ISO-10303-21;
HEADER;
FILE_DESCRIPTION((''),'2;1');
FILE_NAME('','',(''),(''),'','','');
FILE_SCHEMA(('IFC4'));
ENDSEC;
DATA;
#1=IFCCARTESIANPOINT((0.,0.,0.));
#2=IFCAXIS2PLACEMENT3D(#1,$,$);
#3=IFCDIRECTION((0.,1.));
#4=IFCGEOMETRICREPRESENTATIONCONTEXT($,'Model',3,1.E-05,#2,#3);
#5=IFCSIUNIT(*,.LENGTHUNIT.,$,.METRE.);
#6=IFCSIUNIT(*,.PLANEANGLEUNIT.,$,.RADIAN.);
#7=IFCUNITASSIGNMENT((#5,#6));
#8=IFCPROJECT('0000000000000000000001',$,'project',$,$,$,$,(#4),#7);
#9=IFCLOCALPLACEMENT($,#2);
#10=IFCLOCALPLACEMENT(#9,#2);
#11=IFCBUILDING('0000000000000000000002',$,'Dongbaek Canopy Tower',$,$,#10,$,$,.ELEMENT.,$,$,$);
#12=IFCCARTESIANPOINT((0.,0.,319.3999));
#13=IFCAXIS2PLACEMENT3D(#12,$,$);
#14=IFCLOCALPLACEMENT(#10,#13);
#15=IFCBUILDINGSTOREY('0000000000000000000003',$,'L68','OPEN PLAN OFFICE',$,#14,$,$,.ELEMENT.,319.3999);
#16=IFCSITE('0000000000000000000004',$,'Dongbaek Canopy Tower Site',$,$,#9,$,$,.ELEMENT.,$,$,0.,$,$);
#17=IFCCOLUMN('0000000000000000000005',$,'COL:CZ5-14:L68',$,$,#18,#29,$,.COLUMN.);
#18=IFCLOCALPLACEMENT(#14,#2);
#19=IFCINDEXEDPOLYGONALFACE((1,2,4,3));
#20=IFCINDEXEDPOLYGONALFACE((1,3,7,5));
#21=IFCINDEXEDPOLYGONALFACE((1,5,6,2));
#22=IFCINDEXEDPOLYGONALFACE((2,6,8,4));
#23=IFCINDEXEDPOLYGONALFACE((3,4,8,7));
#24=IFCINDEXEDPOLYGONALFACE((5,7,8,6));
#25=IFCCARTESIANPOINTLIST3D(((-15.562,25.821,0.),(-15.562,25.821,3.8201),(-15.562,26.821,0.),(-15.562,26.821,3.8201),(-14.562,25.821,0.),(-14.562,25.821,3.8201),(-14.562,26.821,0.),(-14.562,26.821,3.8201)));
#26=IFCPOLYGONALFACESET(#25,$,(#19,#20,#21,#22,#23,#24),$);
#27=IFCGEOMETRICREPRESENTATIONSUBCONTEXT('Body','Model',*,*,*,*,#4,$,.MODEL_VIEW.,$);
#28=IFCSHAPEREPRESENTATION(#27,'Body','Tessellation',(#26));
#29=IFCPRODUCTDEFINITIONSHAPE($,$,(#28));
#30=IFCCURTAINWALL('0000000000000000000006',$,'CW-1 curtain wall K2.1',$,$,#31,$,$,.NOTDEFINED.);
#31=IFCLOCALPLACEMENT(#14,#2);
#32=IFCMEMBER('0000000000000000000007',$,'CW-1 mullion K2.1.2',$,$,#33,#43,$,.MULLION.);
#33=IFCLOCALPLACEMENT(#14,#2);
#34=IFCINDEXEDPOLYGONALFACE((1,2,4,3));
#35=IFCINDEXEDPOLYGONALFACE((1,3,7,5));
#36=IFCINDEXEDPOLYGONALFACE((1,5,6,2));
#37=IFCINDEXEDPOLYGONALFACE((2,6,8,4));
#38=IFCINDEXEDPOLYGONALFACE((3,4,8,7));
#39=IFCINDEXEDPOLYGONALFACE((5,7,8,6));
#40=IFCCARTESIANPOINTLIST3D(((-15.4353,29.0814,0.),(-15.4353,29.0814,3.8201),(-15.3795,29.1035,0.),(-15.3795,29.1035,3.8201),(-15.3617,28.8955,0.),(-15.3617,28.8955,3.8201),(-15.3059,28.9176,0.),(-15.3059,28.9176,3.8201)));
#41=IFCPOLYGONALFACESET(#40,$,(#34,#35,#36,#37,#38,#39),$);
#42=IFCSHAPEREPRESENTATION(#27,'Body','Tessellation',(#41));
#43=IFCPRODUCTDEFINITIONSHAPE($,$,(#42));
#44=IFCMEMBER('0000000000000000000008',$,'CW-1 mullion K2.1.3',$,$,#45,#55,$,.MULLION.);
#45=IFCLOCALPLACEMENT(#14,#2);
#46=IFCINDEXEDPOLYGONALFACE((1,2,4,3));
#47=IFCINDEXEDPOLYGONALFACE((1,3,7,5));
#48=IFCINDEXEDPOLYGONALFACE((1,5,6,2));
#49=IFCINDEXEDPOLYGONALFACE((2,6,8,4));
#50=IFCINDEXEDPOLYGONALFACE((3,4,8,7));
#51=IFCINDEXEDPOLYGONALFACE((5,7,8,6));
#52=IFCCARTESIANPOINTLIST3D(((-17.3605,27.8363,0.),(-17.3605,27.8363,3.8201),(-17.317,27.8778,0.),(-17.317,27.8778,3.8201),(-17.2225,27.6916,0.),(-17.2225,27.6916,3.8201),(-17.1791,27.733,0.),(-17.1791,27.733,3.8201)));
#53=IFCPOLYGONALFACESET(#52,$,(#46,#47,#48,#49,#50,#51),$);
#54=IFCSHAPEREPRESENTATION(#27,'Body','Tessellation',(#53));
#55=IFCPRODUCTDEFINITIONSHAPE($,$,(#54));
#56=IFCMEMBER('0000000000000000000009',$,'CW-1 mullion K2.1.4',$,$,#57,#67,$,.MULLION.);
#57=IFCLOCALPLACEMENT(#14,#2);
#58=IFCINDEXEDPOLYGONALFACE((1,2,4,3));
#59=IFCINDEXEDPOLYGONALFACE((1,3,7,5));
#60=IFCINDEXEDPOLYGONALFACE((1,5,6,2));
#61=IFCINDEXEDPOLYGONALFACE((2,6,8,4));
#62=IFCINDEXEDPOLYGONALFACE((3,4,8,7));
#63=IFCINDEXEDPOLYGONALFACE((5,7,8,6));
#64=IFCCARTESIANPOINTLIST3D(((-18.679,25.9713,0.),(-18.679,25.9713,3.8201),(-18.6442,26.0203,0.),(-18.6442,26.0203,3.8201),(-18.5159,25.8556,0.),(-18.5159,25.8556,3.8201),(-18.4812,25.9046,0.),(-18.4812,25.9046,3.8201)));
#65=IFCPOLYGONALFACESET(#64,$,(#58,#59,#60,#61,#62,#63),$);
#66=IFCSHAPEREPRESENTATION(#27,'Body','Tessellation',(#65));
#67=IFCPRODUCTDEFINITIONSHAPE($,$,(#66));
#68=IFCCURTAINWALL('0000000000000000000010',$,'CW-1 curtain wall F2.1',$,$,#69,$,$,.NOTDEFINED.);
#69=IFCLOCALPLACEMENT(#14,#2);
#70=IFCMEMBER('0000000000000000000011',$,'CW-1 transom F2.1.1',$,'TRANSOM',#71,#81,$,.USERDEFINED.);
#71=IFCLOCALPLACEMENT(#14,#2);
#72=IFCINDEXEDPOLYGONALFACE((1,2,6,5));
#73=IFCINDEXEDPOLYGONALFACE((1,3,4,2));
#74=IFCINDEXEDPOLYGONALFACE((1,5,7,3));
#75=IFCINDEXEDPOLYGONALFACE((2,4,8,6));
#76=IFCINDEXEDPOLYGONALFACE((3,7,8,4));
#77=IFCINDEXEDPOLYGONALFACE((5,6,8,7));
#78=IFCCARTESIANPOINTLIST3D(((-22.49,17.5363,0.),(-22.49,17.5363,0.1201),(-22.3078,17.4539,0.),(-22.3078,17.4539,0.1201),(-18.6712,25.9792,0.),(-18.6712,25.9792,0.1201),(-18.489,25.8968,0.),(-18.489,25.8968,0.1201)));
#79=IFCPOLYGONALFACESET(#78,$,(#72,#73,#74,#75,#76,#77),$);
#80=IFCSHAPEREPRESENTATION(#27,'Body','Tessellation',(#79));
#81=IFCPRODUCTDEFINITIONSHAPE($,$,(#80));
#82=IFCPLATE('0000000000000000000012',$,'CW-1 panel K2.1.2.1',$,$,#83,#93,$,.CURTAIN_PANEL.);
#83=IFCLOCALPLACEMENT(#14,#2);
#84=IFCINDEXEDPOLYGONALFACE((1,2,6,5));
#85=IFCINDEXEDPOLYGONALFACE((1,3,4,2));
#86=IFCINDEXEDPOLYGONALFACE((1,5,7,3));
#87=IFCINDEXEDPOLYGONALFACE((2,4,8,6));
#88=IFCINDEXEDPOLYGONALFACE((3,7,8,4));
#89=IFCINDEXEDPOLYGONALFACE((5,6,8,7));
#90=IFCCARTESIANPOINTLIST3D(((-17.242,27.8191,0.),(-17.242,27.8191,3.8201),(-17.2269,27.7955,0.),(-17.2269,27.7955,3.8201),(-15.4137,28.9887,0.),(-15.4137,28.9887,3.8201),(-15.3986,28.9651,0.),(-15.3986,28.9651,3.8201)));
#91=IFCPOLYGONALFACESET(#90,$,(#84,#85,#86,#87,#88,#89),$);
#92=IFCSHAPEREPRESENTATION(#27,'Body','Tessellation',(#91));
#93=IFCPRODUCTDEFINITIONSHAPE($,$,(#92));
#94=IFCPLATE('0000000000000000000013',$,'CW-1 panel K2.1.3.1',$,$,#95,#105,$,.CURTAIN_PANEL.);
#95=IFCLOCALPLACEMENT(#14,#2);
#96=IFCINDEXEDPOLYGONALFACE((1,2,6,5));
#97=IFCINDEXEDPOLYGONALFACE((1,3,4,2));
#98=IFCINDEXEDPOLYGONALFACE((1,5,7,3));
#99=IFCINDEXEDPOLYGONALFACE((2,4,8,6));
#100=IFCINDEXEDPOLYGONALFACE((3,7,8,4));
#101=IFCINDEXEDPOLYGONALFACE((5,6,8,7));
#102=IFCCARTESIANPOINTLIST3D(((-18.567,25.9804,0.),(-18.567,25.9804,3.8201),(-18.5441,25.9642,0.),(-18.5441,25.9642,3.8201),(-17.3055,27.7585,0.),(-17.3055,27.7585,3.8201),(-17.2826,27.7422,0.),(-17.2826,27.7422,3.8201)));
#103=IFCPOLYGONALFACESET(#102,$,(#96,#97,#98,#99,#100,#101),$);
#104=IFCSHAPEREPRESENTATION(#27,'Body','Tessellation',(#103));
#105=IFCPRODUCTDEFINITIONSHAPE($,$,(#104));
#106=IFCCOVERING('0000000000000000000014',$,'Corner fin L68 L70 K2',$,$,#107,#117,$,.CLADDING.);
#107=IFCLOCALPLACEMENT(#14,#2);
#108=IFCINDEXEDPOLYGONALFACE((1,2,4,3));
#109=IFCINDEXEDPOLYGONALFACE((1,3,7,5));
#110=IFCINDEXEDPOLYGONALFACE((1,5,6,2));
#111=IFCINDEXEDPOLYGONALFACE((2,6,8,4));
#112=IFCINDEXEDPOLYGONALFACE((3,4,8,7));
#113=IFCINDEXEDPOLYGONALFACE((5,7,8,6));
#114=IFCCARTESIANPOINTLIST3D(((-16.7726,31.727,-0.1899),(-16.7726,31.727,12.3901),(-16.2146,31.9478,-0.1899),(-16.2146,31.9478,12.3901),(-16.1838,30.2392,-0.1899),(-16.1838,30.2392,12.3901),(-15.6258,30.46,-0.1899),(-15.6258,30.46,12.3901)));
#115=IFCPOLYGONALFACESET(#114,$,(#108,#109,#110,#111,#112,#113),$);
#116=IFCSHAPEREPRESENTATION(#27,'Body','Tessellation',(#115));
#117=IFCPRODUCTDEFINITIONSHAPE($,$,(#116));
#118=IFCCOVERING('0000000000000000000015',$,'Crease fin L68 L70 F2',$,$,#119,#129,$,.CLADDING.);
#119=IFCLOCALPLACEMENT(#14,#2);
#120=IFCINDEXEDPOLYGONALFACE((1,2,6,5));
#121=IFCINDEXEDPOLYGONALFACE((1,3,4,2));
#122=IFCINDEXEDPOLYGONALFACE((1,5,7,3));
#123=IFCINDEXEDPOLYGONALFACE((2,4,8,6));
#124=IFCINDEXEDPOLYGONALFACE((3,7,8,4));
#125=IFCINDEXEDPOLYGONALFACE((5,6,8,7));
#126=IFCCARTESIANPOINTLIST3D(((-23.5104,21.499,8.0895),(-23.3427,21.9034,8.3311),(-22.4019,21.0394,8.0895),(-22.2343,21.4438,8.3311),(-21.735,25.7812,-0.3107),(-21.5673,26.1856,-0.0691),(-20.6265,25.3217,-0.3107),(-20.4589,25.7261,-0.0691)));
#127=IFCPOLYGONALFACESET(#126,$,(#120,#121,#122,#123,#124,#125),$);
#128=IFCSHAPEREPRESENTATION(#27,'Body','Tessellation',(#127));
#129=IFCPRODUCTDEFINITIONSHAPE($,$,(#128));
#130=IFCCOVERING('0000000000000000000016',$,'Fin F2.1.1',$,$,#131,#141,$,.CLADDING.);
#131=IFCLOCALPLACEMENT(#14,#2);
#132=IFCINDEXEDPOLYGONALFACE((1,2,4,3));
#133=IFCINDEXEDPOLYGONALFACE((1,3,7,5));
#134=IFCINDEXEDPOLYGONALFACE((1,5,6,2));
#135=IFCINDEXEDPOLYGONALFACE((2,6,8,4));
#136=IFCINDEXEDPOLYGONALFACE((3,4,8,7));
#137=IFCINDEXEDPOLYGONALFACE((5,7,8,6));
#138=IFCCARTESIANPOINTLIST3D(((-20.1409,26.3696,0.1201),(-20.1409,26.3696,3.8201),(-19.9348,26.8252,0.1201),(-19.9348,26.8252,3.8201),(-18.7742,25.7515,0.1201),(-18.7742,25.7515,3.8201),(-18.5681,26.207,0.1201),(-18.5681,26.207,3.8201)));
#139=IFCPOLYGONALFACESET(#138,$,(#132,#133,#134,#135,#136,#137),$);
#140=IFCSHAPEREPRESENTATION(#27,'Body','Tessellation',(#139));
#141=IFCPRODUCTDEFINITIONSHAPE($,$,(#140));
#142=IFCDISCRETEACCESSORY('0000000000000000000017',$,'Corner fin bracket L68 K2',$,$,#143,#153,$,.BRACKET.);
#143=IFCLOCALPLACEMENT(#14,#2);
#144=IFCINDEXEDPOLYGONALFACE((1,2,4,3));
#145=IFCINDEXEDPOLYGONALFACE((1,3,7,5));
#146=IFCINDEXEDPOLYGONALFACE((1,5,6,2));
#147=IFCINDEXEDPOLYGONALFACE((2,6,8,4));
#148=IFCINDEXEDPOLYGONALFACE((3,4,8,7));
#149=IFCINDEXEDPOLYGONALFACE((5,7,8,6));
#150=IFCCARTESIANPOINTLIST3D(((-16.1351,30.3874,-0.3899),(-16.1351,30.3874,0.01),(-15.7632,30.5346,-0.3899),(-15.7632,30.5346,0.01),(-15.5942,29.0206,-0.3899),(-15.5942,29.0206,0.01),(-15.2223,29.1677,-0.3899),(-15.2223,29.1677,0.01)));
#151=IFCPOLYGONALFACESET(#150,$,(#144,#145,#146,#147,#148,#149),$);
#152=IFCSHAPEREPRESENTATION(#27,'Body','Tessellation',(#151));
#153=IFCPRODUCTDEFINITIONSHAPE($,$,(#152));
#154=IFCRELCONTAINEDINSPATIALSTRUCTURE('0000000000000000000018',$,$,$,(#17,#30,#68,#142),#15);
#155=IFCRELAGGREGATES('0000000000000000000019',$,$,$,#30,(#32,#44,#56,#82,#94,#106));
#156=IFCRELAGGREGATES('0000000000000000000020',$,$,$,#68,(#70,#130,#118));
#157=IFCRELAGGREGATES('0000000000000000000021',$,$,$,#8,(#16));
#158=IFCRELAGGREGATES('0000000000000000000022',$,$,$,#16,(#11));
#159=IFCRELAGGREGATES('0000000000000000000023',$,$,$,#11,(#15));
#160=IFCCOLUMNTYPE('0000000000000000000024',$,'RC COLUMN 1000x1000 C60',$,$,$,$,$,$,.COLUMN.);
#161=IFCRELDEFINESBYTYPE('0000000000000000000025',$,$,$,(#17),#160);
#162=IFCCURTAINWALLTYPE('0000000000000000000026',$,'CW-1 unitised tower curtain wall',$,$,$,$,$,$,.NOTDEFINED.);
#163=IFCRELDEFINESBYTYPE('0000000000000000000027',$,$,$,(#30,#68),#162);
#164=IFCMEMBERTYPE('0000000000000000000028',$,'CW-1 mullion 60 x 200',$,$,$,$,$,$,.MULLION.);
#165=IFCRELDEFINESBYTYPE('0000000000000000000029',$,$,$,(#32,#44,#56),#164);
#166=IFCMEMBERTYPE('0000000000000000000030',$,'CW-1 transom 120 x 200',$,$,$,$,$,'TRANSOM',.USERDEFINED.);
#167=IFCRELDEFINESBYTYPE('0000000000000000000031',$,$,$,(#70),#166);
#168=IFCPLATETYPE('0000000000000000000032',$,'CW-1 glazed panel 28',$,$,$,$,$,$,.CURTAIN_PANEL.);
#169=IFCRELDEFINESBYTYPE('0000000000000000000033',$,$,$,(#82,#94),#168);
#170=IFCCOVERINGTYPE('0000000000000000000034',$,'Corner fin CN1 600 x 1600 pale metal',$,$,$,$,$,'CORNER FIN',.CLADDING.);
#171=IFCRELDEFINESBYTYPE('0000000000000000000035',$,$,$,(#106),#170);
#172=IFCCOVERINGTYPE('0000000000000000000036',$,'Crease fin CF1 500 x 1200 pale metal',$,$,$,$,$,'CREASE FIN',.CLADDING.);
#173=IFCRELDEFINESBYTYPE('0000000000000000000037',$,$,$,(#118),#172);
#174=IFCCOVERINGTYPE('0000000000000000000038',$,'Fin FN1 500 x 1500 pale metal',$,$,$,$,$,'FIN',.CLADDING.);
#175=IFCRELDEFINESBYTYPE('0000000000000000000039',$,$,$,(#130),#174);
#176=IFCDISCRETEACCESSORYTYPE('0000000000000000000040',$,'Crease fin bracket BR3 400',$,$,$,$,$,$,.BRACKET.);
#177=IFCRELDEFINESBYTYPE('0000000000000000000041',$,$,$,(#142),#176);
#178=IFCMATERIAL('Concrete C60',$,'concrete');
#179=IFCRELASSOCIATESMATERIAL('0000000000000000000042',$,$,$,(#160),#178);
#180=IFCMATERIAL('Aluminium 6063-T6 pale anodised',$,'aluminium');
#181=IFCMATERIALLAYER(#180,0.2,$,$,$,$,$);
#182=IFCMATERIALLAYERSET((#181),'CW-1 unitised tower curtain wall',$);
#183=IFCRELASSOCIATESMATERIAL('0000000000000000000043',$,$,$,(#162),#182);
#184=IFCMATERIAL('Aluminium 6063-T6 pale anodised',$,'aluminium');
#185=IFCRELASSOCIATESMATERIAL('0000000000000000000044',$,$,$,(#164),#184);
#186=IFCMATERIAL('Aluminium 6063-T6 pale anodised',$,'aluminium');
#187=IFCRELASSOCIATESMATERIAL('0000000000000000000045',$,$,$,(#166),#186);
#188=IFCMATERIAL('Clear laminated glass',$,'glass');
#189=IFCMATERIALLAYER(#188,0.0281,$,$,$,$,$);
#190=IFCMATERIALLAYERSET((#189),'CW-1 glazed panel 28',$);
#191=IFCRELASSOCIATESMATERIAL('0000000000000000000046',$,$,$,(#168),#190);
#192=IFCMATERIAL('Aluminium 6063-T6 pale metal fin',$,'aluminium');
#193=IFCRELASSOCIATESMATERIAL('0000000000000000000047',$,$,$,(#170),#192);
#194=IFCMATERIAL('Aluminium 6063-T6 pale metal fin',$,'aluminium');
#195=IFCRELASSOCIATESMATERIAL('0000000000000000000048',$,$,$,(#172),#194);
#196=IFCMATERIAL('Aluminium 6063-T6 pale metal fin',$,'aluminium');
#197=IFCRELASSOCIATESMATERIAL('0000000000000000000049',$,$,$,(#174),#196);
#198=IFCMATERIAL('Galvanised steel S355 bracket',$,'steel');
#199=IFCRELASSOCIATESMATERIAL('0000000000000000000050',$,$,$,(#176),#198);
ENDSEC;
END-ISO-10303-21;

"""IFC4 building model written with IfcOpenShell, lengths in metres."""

from ifc_helpers import new_model, si_unit, direction, frame, origin, origin_2d, place, context, subcontext, project, spatial, rectangle, extrude, material, layer, layer_set, material_profile, profile_set, type_object, element, aggregate, save


model = new_model("IFC4")

# Units and contexts
model_context = context("Model", 3, precision=1e-05, world=origin(), true_north=direction((0.0, 1.0)))
body_context = subcontext(model_context, "Body", "Model", "MODEL_VIEW")
ifc_project = project(units=[si_unit("LENGTHUNIT", "METRE"), si_unit("PLANEANGLEUNIT", "RADIAN")], contexts=[model_context])

# Site, building, storey
site_placement = place(None, origin())
site = spatial("IfcSite", under=ifc_project, at=site_placement, Name="Dongbaek Canopy Tower Site", CompositionType="ELEMENT", RefElevation=0.0)
building_placement = place(site_placement, origin())
building = spatial("IfcBuilding", under=site, at=building_placement, Name="Dongbaek Canopy Tower", CompositionType="ELEMENT")
storey_placement = place(building_placement, frame((0.0, 0.0, 319.3999)))
storey = spatial("IfcBuildingStorey", under=building, at=storey_placement, Name="L68", Description="OPEN PLAN OFFICE", CompositionType="ELEMENT", Elevation=319.3999)

# Column
ifc_material_1 = material(Name="Concrete C60", Category="concrete")
ifc_material_profile_1 = material_profile(ifc_material_1, rectangle(XDim=1.0, YDim=1.0, at=origin_2d()), Name="RC COLUMN 1000x1000 C60")
ifc_profile_set_1 = profile_set([ifc_material_profile_1], Name="Concrete C60")
column_type = type_object("IfcColumnType", Name="RC COLUMN 1000x1000 C60", PredefinedType="COLUMN", material=ifc_profile_set_1)
column_placement = place(storey_placement, frame((-15.062, 26.321, 0.0), z_axis=(0.0, 0.0, 1.0), x_axis=(1.0, 0.0, 0.0)))
element("IfcColumn", 1, at=column_placement, inside=storey, type_object=column_type, Name="COL:CZ5-14:L68", PredefinedType="COLUMN", context=body_context, shape_type="SweptSolid", body=[
    extrude(rectangle(XDim=1.0, YDim=1.0, at=origin_2d()), origin(), (0.0, 0.0, 1.0), 3.8201),
])

# Curtain wall, members
ifc_material_2 = material(Name="Aluminium 6063-T6 pale anodised", Category="aluminium")
ifc_layer_1 = layer(ifc_material_2, 0.2)
ifc_layer_set_1 = layer_set([ifc_layer_1], Name="CW-1 unitised tower curtain wall")
curtain_wall_type = type_object("IfcCurtainWallType", Name="CW-1 unitised tower curtain wall", PredefinedType="NOTDEFINED", material=ifc_layer_set_1)
curtain_wall_1_placement = place(storey_placement, origin())
curtain_wall_1 = element("IfcCurtainWall", 2, at=curtain_wall_1_placement, inside=storey, type_object=curtain_wall_type, Name="CW-1 curtain wall K2.1", PredefinedType="NOTDEFINED")
ifc_material_3 = material(Name="Aluminium 6063-T6 pale anodised", Category="aluminium")
ifc_material_profile_2 = material_profile(ifc_material_3, rectangle(XDim=0.2, YDim=0.0601, at=origin_2d()), Name="CW-1 mullion 60 x 200")
ifc_profile_set_2 = profile_set([ifc_material_profile_2], Name="Aluminium 6063-T6 pale anodised")
member_type_1 = type_object("IfcMemberType", Name="CW-1 mullion 60 x 200", PredefinedType="MULLION", material=ifc_profile_set_2)
member_1_placement = place(storey_placement, frame((-15.3706, 28.9995, 0.0), z_axis=(0.0, 0.0, 1.0), x_axis=(-0.367962, 0.929841, 0.0)))
member_1 = element("IfcMember", 3, at=member_1_placement, type_object=member_type_1, Name="CW-1 mullion K2.1.2", PredefinedType="MULLION", context=body_context, shape_type="SweptSolid", body=[
    extrude(rectangle(XDim=0.2, YDim=0.0601, at=origin_2d()), origin(), (0.0, 0.0, 1.0), 3.8201),
])
member_2_placement = place(storey_placement, frame((-17.2698, 27.7847, 0.0), z_axis=(0.0, 0.0, 1.0), x_axis=(-0.689947, 0.72386, 0.0)))
member_2 = element("IfcMember", 4, at=member_2_placement, type_object=member_type_1, Name="CW-1 mullion K2.1.3", PredefinedType="MULLION", context=body_context, shape_type="SweptSolid", body=[
    extrude(rectangle(XDim=0.2, YDim=0.0601, at=origin_2d()), origin(), (0.0, 0.0, 1.0), 3.8201),
])
member_3_placement = place(storey_placement, frame((-18.5801, 25.938, 0.0), z_axis=(0.0, 0.0, 1.0), x_axis=(-0.815571, 0.578657, 0.0)))
member_3 = element("IfcMember", 5, at=member_3_placement, type_object=member_type_1, Name="CW-1 mullion K2.1.4", PredefinedType="MULLION", context=body_context, shape_type="SweptSolid", body=[
    extrude(rectangle(XDim=0.2, YDim=0.0601, at=origin_2d()), origin(), (0.0, 0.0, 1.0), 3.8201),
])

# Curtain wall, member
curtain_wall_2_placement = place(storey_placement, origin())
curtain_wall_2 = element("IfcCurtainWall", 6, at=curtain_wall_2_placement, inside=storey, type_object=curtain_wall_type, Name="CW-1 curtain wall F2.1", PredefinedType="NOTDEFINED")
ifc_material_4 = material(Name="Aluminium 6063-T6 pale anodised", Category="aluminium")
ifc_material_profile_3 = material_profile(ifc_material_4, rectangle(XDim=0.2, YDim=0.1201, at=origin_2d()), Name="CW-1 transom 120 x 200")
ifc_profile_set_3 = profile_set([ifc_material_profile_3], Name="Aluminium 6063-T6 pale anodised")
member_type_2 = type_object("IfcMemberType", Name="CW-1 transom 120 x 200", ElementType="TRANSOM", PredefinedType="USERDEFINED", material=ifc_profile_set_3)
member_4_placement = place(storey_placement, frame((-18.5801, 25.938, 0.0601), z_axis=(-0.412119, -0.91113, 0.0), x_axis=(0.91113, -0.412119, 0.0)))
member_4 = element("IfcMember", 7, at=member_4_placement, type_object=member_type_2, Name="CW-1 transom F2.1.1", ObjectType="TRANSOM", PredefinedType="USERDEFINED", context=body_context, shape_type="SweptSolid", body=[
    extrude(rectangle(XDim=0.2, YDim=0.1201, at=origin_2d()), origin(), (0.0, 0.0, 1.0), 9.2664),
])

# Plates
ifc_material_5 = material(Name="Clear laminated glass", Category="glass")
ifc_layer_2 = layer(ifc_material_5, 0.0281)
ifc_layer_set_2 = layer_set([ifc_layer_2], Name="CW-1 glazed panel 28")
plate_type = type_object("IfcPlateType", Name="CW-1 glazed panel 28", PredefinedType="CURTAIN_PANEL", material=ifc_layer_set_2)
plate_1_placement = place(storey_placement, frame((-16.3203, 28.3921, 0.0), z_axis=(0.0, 0.0, 1.0), x_axis=(-0.842378, -0.538888, 0.0)))
plate_1 = element("IfcPlate", 8, at=plate_1_placement, type_object=plate_type, Name="CW-1 panel K2.1.2.1", PredefinedType="CURTAIN_PANEL", context=body_context, shape_type="SweptSolid", body=[
    extrude(rectangle(XDim=2.1704, YDim=0.0281, at=origin_2d()), origin(), (0.0, 0.0, 1.0), 3.8201),
])
plate_2_placement = place(storey_placement, frame((-17.9248, 26.8613, 0.0), z_axis=(0.0, 0.0, 1.0), x_axis=(-0.578657, -0.815571, 0.0)))
plate_2 = element("IfcPlate", 9, at=plate_2_placement, type_object=plate_type, Name="CW-1 panel K2.1.3.1", PredefinedType="CURTAIN_PANEL", context=body_context, shape_type="SweptSolid", body=[
    extrude(rectangle(XDim=2.1802, YDim=0.0281, at=origin_2d()), origin(), (0.0, 0.0, 1.0), 3.8201),
])

# Coverings
ifc_material_6 = material(Name="Aluminium 6063-T6 pale metal fin", Category="aluminium")
ifc_material_profile_4 = material_profile(ifc_material_6, rectangle(XDim=1.6001, YDim=0.6001, at=origin_2d()), Name="Corner fin CN1 600 x 1600 pale metal")
ifc_profile_set_4 = profile_set([ifc_material_profile_4], Name="Aluminium 6063-T6 pale metal fin")
covering_type_1 = type_object("IfcCoveringType", Name="Corner fin CN1 600 x 1600 pale metal", ElementType="CORNER FIN", PredefinedType="CLADDING", material=ifc_profile_set_4)
covering_1_placement = place(storey_placement, frame((-16.1992, 31.0935, -0.1899), z_axis=(0.0, 0.0, 1.0), x_axis=(-0.367962, 0.929841, 0.0)))
covering_1 = element("IfcCovering", 10, at=covering_1_placement, type_object=covering_type_1, Name="Corner fin L68 L70 K2", PredefinedType="CLADDING", context=body_context, shape_type="SweptSolid", body=[
    extrude(rectangle(XDim=1.6001, YDim=0.6001, at=origin_2d()), origin(), (0.0, 0.0, 1.0), 12.5801),
])
aggregate(curtain_wall_1, [member_1, member_2, member_3, plate_1, plate_2, covering_1])
ifc_material_7 = material(Name="Aluminium 6063-T6 pale metal fin", Category="aluminium")
ifc_material_profile_5 = material_profile(ifc_material_7, rectangle(XDim=1.2, YDim=0.5, at=origin_2d()), Name="Crease fin CF1 500 x 1200 pale metal")
ifc_profile_set_5 = profile_set([ifc_material_profile_5], Name="Aluminium 6063-T6 pale metal fin")
covering_type_2 = type_object("IfcCoveringType", Name="Crease fin CF1 500 x 1200 pale metal", ElementType="CREASE FIN", PredefinedType="CLADDING", material=ifc_profile_set_5)
covering_2_placement = place(storey_placement, frame((-21.0969, 25.7537, -0.1899), z_axis=(-0.185045, -0.446327, 0.875529), x_axis=(0.923755, -0.382984, 0.0)))
covering_2 = element("IfcCovering", 11, at=covering_2_placement, type_object=covering_type_2, Name="Crease fin L68 L70 F2", PredefinedType="CLADDING", context=body_context, shape_type="SweptSolid", body=[
    extrude(rectangle(XDim=1.2, YDim=0.5, at=origin_2d()), origin(), (0.0, 0.0, 1.0), 9.5945),
])
ifc_material_8 = material(Name="Aluminium 6063-T6 pale metal fin", Category="aluminium")
ifc_material_profile_6 = material_profile(ifc_material_8, rectangle(XDim=1.5, YDim=0.5, at=origin_2d()), Name="Fin FN1 500 x 1500 pale metal")
ifc_profile_set_6 = profile_set([ifc_material_profile_6], Name="Aluminium 6063-T6 pale metal fin")
covering_type_3 = type_object("IfcCoveringType", Name="Fin FN1 500 x 1500 pale metal", ElementType="FIN", PredefinedType="CLADDING", material=ifc_profile_set_6)
covering_3_placement = place(storey_placement, frame((-19.3545, 26.2883, 0.1201), z_axis=(0.0, 0.0, 1.0), x_axis=(-0.911129, 0.412122, 0.0)))
covering_3 = element("IfcCovering", 12, at=covering_3_placement, type_object=covering_type_3, Name="Fin F2.1.1", PredefinedType="CLADDING", context=body_context, shape_type="SweptSolid", body=[
    extrude(rectangle(XDim=1.5, YDim=0.5, at=origin_2d()), origin(), (0.0, 0.0, 1.0), 3.7),
])
aggregate(curtain_wall_2, [member_4, covering_3, covering_2])

# Discrete accessory
ifc_material_9 = material(Name="Galvanised steel S355 bracket", Category="steel")
discrete_accessory_type = type_object("IfcDiscreteAccessoryType", Name="Crease fin bracket BR3 400", PredefinedType="BRACKET", material=ifc_material_9)
discrete_accessory_placement = place(storey_placement, frame((-15.6787, 29.7776, -0.3899), z_axis=(0.0, 0.0, 1.0), x_axis=(-0.367962, 0.929841, 0.0)))
element("IfcDiscreteAccessory", 13, at=discrete_accessory_placement, inside=storey, type_object=discrete_accessory_type, Name="Corner fin bracket L68 K2", PredefinedType="BRACKET", context=body_context, shape_type="SweptSolid", body=[
    extrude(rectangle(XDim=1.47, YDim=0.3999, at=origin_2d()), origin(), (0.0, 0.0, 1.0), 0.3999),
])

save(model, "model.ifc")
